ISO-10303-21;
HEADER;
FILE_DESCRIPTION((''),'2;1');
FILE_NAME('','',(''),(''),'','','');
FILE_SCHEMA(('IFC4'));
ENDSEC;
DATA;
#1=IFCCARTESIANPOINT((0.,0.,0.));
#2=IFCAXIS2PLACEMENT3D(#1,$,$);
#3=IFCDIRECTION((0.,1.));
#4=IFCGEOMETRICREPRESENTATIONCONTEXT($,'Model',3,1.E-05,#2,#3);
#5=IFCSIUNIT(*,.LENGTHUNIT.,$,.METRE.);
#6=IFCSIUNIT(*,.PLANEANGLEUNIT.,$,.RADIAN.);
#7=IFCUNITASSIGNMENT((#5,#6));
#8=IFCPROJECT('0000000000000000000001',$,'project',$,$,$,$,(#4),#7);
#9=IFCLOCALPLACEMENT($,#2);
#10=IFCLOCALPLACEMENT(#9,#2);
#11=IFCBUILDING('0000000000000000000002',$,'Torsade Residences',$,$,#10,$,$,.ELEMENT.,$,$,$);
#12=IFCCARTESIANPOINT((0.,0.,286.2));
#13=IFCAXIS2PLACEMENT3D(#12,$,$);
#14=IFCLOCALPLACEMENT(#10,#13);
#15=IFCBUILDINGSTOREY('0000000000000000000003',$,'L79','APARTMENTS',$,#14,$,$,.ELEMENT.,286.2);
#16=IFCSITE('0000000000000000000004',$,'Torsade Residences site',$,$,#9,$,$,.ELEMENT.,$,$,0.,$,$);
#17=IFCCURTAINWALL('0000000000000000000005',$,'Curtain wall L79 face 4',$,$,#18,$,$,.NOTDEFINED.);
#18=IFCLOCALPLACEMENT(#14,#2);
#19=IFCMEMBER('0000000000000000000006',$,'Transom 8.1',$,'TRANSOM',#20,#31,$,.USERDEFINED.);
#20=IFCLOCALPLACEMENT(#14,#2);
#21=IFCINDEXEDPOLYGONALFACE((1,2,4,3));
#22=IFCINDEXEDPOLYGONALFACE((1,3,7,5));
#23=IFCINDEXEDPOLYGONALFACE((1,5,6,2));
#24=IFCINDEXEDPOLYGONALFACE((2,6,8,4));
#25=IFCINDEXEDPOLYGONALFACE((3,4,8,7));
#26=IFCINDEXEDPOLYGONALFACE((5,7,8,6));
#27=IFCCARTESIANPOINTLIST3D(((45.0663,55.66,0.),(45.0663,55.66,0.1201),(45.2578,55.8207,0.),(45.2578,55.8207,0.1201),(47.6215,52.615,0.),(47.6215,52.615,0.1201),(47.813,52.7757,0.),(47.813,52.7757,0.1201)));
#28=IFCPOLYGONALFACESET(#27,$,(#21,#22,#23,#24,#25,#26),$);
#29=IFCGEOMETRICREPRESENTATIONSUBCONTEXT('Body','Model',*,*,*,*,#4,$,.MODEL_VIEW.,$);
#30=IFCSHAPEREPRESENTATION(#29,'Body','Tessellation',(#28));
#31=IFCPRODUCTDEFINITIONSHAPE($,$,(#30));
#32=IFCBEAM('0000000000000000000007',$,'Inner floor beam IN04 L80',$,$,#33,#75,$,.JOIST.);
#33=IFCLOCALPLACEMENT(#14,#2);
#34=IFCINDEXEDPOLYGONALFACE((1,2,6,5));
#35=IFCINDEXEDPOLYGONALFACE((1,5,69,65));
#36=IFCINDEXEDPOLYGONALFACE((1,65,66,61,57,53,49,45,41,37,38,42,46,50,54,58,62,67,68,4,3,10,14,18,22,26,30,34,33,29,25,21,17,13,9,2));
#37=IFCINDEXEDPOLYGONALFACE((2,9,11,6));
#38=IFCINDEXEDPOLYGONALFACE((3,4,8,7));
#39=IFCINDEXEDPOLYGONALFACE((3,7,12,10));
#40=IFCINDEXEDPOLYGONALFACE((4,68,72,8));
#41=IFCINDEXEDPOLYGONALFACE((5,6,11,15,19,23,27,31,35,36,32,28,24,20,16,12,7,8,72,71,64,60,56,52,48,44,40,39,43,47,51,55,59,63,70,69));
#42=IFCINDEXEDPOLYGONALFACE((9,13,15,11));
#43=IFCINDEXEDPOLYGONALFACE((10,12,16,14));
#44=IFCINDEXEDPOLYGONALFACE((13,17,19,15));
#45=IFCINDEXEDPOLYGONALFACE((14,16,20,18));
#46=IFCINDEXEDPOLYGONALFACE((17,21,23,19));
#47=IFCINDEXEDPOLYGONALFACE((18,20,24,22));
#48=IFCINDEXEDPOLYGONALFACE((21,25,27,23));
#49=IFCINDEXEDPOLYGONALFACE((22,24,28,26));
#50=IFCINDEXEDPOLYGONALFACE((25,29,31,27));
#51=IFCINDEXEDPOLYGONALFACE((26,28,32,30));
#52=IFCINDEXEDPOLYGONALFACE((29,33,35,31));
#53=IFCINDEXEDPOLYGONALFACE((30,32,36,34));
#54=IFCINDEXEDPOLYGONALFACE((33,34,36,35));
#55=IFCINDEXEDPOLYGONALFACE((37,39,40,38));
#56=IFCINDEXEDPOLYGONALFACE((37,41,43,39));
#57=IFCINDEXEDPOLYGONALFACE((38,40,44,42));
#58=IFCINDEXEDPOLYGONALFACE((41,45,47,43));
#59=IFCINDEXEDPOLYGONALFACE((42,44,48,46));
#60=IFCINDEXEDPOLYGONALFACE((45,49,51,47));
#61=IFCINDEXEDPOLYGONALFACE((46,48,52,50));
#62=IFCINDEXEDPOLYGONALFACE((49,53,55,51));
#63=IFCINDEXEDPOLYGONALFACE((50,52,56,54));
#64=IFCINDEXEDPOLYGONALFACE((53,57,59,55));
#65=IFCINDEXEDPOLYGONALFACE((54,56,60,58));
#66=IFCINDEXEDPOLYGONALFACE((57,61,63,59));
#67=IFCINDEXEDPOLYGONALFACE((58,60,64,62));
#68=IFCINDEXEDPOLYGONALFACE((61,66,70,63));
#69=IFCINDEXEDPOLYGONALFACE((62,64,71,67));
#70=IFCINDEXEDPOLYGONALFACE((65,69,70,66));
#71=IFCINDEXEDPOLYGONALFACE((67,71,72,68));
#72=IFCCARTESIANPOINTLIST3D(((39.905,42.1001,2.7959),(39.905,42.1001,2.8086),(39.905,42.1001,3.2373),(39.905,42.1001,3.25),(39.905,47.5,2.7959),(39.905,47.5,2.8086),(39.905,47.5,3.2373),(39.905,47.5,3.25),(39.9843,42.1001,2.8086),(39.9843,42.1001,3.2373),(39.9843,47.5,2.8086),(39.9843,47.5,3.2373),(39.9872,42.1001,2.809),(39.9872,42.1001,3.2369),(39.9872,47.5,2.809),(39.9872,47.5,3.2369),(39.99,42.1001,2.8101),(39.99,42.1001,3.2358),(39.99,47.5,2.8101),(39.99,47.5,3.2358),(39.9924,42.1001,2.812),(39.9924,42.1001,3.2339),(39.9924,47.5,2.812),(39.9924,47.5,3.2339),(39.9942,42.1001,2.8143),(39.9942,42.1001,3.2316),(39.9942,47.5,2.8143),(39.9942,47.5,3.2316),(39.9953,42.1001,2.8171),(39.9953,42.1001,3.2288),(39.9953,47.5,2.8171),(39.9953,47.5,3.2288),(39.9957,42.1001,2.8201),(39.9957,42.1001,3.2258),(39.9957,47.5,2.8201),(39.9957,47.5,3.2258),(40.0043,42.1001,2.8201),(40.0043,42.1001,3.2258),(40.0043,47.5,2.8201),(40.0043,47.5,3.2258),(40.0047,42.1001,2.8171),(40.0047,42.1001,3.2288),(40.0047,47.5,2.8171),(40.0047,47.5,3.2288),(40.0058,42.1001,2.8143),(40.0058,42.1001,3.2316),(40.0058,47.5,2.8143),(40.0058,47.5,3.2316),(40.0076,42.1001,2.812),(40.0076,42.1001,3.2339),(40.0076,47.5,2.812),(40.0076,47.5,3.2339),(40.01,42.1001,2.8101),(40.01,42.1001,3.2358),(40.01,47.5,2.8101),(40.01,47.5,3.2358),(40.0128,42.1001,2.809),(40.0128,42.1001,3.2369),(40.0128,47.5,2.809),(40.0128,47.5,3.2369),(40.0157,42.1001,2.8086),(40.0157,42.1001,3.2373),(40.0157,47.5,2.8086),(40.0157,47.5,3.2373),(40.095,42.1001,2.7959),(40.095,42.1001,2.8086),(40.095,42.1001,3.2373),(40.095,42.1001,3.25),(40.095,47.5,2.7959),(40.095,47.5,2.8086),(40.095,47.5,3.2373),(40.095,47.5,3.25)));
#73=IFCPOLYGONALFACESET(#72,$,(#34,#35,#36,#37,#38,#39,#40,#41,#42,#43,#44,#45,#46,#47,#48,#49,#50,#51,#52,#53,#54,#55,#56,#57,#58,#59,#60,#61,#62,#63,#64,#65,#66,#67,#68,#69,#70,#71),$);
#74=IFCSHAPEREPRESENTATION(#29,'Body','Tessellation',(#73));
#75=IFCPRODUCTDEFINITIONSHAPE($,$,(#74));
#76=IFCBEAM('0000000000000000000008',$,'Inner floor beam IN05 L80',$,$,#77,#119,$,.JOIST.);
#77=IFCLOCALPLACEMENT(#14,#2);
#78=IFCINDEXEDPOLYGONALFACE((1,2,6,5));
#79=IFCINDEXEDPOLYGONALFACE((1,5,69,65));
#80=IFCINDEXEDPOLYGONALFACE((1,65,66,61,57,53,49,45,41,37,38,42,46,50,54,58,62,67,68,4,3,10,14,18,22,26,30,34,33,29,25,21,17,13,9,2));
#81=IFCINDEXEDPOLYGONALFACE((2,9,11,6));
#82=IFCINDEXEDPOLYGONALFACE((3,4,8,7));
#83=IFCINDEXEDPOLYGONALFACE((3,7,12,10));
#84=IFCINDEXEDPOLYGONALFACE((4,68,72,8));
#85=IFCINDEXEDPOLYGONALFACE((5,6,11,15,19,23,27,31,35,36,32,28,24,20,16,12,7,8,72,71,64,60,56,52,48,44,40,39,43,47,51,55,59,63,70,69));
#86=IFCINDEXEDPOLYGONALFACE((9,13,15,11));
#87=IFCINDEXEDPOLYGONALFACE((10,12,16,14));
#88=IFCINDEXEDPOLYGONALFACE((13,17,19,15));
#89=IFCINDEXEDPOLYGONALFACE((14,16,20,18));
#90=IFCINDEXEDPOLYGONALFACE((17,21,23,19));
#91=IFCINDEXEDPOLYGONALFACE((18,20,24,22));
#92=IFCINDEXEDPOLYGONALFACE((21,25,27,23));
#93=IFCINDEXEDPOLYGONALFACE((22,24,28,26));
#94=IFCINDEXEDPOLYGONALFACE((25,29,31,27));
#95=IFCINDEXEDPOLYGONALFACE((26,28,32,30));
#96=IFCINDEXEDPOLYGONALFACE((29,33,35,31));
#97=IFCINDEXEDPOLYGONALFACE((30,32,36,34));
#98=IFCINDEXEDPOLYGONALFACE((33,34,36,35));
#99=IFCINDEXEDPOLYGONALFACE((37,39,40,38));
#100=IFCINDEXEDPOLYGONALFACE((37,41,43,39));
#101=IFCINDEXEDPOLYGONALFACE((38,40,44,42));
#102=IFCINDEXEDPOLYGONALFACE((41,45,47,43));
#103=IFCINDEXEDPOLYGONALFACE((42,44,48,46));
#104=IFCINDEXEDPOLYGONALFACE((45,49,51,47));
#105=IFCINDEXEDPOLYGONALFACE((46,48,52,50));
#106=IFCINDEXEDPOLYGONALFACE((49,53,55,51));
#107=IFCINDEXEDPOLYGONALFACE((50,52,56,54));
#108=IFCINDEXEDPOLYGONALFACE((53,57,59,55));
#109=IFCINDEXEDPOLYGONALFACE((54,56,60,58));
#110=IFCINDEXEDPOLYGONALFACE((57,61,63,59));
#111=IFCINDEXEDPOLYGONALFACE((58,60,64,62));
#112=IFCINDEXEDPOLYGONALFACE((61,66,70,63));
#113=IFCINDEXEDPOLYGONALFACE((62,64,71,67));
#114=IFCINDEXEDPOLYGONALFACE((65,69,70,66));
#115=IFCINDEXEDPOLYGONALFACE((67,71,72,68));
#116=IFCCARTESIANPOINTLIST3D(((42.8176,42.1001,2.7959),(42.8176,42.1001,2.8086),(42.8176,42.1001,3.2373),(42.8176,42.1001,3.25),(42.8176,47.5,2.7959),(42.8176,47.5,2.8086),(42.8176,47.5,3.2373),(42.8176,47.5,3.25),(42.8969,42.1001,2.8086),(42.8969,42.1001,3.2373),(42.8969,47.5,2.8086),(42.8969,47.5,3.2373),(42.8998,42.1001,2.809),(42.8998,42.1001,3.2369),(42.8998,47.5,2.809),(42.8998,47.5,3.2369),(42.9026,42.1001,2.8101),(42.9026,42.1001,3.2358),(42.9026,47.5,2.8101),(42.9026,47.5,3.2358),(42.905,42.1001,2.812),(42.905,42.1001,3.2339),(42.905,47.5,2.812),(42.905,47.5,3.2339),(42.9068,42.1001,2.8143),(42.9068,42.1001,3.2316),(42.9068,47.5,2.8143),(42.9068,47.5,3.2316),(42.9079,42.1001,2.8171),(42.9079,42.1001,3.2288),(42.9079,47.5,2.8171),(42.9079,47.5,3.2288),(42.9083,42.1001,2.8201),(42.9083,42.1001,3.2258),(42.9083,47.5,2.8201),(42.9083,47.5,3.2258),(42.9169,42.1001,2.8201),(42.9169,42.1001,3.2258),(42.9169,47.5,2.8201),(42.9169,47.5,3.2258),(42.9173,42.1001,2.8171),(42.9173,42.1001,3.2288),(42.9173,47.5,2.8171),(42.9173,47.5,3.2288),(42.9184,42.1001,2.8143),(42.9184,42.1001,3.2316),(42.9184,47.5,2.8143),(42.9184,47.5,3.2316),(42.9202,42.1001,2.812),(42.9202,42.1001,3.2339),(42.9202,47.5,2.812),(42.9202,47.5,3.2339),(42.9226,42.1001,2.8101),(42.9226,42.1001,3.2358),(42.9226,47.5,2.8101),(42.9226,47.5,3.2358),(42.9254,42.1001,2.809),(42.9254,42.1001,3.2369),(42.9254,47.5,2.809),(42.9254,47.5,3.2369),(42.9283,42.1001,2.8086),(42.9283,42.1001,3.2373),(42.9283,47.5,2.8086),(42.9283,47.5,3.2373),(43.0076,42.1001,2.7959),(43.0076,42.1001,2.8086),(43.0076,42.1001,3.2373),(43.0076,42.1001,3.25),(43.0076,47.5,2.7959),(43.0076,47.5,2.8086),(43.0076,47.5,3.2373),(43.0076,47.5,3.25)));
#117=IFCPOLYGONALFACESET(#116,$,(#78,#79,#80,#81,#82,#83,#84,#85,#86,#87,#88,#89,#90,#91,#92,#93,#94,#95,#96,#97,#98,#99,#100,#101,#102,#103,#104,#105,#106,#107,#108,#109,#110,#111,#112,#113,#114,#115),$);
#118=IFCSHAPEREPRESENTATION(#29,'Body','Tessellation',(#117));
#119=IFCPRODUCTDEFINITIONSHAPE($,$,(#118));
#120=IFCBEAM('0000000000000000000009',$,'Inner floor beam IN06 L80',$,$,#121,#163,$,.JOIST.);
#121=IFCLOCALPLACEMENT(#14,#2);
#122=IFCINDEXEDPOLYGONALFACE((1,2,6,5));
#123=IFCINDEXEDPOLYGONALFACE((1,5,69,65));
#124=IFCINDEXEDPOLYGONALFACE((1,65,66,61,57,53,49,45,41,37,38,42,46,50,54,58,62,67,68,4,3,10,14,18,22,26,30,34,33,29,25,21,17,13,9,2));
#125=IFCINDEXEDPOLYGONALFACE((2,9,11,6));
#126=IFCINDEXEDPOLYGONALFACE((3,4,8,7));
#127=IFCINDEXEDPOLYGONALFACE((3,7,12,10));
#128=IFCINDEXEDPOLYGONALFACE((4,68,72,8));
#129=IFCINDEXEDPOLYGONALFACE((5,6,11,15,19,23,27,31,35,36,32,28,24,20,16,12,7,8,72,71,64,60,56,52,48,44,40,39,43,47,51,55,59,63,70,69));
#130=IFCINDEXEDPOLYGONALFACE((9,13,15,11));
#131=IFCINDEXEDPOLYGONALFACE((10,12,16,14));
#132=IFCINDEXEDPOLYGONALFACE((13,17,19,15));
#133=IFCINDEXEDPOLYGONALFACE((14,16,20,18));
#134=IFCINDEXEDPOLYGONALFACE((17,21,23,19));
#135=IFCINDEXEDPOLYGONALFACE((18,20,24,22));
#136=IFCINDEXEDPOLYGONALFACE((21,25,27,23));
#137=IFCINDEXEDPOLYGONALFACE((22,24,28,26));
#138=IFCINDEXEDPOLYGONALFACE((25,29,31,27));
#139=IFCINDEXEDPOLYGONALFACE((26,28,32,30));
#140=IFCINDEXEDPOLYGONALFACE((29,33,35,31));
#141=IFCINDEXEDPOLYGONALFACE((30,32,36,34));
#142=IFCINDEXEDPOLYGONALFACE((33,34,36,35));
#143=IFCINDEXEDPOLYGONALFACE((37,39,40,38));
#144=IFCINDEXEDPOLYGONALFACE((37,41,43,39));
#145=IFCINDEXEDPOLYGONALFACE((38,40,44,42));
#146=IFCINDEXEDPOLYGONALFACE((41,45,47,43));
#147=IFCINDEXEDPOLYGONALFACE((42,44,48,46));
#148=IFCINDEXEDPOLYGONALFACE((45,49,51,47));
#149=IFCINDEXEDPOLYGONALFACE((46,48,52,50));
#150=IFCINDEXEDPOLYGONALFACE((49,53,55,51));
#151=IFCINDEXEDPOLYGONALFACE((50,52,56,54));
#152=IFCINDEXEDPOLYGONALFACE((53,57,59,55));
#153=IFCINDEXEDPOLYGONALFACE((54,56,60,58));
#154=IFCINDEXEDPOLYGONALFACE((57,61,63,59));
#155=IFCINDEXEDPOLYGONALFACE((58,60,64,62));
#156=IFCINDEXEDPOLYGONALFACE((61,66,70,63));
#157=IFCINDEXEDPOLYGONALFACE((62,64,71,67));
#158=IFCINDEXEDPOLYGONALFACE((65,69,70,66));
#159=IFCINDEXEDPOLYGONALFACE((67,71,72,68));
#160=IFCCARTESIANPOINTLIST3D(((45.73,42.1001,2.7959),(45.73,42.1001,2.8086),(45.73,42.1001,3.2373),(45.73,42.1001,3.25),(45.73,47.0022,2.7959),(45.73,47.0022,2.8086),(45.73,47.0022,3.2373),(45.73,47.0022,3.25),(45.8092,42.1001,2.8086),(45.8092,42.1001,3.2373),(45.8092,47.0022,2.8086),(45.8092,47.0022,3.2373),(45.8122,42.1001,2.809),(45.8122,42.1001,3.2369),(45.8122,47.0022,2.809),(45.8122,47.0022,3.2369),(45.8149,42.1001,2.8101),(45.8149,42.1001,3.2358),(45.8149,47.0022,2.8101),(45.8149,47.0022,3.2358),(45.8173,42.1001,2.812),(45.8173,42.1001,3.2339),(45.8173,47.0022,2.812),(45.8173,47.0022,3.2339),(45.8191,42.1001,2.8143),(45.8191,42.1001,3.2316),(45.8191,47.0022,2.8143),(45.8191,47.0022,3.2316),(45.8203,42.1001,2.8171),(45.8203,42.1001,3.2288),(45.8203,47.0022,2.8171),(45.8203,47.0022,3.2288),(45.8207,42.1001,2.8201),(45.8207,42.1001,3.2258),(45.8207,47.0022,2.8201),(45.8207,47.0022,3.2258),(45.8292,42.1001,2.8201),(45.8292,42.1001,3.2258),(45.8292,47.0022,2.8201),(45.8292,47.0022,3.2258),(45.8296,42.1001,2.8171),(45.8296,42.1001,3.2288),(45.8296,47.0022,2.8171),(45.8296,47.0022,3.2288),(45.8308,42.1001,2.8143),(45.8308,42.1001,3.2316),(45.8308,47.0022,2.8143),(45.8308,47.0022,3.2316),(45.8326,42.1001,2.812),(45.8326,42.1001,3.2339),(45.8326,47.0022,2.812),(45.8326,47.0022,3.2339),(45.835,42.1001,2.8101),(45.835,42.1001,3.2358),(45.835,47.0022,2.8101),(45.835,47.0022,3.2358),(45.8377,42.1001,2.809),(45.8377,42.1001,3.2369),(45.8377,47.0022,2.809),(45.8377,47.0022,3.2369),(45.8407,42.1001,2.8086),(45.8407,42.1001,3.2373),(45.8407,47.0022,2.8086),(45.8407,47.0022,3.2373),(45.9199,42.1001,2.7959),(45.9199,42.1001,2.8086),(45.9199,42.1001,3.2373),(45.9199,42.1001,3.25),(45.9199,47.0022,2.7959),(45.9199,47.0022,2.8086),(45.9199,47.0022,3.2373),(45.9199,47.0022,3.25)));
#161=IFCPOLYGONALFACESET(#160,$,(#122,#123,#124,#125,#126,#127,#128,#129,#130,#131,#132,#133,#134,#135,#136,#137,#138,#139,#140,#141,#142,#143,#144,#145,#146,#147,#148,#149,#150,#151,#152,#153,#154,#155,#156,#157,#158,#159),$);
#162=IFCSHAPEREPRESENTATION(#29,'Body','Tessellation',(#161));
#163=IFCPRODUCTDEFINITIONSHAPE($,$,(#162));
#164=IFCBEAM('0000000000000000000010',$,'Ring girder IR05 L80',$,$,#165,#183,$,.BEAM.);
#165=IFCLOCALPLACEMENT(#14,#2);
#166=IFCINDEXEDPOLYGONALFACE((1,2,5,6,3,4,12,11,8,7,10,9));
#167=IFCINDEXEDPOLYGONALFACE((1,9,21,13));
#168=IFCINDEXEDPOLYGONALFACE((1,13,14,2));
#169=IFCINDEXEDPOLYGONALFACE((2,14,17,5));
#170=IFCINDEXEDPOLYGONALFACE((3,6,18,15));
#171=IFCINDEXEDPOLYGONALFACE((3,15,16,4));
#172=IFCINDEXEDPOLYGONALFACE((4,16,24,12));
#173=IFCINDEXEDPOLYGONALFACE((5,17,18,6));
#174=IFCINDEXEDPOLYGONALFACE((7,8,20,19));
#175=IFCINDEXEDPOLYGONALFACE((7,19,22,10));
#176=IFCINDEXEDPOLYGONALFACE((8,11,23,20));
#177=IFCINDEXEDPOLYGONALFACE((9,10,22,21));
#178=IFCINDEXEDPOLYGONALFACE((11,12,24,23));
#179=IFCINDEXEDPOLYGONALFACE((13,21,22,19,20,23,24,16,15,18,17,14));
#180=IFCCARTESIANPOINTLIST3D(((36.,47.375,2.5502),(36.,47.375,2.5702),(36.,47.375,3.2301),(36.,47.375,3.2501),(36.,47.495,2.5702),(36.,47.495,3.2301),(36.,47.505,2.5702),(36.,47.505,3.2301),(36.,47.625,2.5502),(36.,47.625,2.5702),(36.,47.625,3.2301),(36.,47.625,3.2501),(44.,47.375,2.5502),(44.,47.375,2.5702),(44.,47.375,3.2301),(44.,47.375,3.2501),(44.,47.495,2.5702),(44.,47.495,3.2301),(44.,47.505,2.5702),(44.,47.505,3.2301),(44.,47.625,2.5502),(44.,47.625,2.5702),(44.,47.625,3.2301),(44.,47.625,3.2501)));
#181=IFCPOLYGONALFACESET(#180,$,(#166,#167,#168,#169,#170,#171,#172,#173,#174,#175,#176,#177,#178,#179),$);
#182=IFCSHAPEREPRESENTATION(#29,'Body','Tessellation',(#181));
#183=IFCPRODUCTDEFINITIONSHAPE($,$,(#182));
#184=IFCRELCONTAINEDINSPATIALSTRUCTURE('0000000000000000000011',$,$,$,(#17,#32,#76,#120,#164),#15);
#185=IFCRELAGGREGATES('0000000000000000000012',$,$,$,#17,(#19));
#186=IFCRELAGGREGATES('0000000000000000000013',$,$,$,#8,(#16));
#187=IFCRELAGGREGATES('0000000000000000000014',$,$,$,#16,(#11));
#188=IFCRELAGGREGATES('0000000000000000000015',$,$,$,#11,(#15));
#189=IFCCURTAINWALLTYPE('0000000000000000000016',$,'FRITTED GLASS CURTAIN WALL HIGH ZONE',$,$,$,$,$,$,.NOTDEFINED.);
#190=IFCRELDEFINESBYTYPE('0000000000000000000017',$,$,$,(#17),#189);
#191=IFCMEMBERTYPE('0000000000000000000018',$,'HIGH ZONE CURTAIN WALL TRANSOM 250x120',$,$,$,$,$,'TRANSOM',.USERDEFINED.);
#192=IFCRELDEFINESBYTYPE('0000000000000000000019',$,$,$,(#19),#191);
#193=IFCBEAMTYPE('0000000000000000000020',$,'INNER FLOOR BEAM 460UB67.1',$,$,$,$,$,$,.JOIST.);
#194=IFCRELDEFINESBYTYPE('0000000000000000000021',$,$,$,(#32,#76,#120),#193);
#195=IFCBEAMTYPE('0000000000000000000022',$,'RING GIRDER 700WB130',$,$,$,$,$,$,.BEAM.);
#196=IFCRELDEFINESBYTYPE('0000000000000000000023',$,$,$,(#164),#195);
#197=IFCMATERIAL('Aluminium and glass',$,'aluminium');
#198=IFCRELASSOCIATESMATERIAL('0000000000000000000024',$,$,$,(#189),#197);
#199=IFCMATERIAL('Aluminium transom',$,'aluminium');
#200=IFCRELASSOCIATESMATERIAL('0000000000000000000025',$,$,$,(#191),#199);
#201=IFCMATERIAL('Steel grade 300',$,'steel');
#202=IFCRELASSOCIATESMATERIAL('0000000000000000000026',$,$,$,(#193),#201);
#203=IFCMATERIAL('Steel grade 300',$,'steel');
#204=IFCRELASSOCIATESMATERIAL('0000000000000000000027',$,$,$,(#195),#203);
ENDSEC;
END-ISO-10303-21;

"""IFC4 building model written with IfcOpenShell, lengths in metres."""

from ifc_helpers import new_model, si_unit, direction, frame, origin, origin_2d, place, context, subcontext, project, spatial, rectangle, i_section, extrude, material, material_profile, profile_set, type_object, element, aggregate, save


model = new_model("IFC4")

# Units and contexts
model_context = context("Model", 3, precision=1e-05, world=origin(), true_north=direction((0.0, 1.0)))
body_context = subcontext(model_context, "Body", "Model", "MODEL_VIEW")
ifc_project = project(units=[si_unit("LENGTHUNIT", "METRE"), si_unit("PLANEANGLEUNIT", "RADIAN")], contexts=[model_context])

# Site, building, storey
site_placement = place(None, origin())
site = spatial("IfcSite", under=ifc_project, at=site_placement, Name="Torsade Residences site", CompositionType="ELEMENT", RefElevation=0.0)
building_placement = place(site_placement, origin())
building = spatial("IfcBuilding", under=site, at=building_placement, Name="Torsade Residences", CompositionType="ELEMENT")
storey_placement = place(building_placement, frame((0.0, 0.0, 286.2)))
storey = spatial("IfcBuildingStorey", under=building, at=storey_placement, Name="L79", Description="APARTMENTS", CompositionType="ELEMENT", Elevation=286.2)

# Curtain wall
ifc_material_1 = material(Name="Aluminium and glass", Category="aluminium")
curtain_wall_type = type_object("IfcCurtainWallType", Name="FRITTED GLASS CURTAIN WALL HIGH ZONE", PredefinedType="NOTDEFINED", material=ifc_material_1)
curtain_wall_1_placement = place(storey_placement, origin())
curtain_wall_1 = element("IfcCurtainWall", 1, at=curtain_wall_1_placement, inside=storey, type_object=curtain_wall_type, Name="Curtain wall L79 face 4", PredefinedType="NOTDEFINED")

# Member
ifc_material_2 = material(Name="Aluminium transom", Category="aluminium")
ifc_material_profile_1 = material_profile(ifc_material_2, rectangle(XDim=0.25, YDim=0.1201, at=origin_2d()), Name="HIGH ZONE CURTAIN WALL TRANSOM 250x120")
ifc_profile_set_1 = profile_set([ifc_material_profile_1], Name="Aluminium transom")
member_type_1 = type_object("IfcMemberType", Name="HIGH ZONE CURTAIN WALL TRANSOM 250x120", ElementType="TRANSOM", PredefinedType="USERDEFINED", material=ifc_profile_set_1)
member_1_placement = place(storey_placement, frame((47.7173, 52.6953, 0.0601), z_axis=(-0.642815, 0.766022, 0.0), x_axis=(-0.766022, -0.642815, 0.0)))
member_1 = element("IfcMember", 2, at=member_1_placement, type_object=member_type_1, Name="Transom 8.1", ObjectType="TRANSOM", PredefinedType="USERDEFINED", context=body_context, shape_type="SweptSolid", body=[
    extrude(rectangle(XDim=0.25, YDim=0.1201, at=origin_2d()), origin(), (0.0, 0.0, 1.0), 3.9751),
])

# Beams
ifc_material_3 = material(Name="Steel grade 300", Category="steel")
ifc_material_profile_2 = material_profile(ifc_material_3, i_section(OverallWidth=0.1899, OverallDepth=0.4541, WebThickness=0.0085, FlangeThickness=0.0127, FilletRadius=0.0115, at=origin_2d()), Name="460UB67.1")
ifc_profile_set_2 = profile_set([ifc_material_profile_2], Name="Steel grade 300")
beam_type_1 = type_object("IfcBeamType", Name="INNER FLOOR BEAM 460UB67.1", PredefinedType="JOIST", material=ifc_profile_set_2)
for number, where, z_axis, x_axis, name in (
    (3, (40.0, 42.1001, 3.0229), (0.0, 1.0, 0.0), (-1.0, 0.0, 0.0), "Inner floor beam IN04 L80"),
    (4, (42.9126, 42.1001, 3.0229), (0.0, 1.0, 0.0), (-1.0, 0.0, 0.0), "Inner floor beam IN05 L80"),
):
    element("IfcBeam", number, at=place(storey_placement, frame(where, z_axis=z_axis, x_axis=x_axis)), inside=storey, type_object=beam_type_1, Name=name, PredefinedType="JOIST", context=body_context, shape_type="SweptSolid", body=[
        extrude(i_section(OverallWidth=0.1899, OverallDepth=0.4541, WebThickness=0.0085, FlangeThickness=0.0127, FilletRadius=0.0115, at=origin_2d()), origin(), (0.0, 0.0, 1.0), 5.3999),
    ])
beam_1_placement = place(storey_placement, frame((45.825, 42.1001, 3.0229), z_axis=(0.0, 1.0, 0.0), x_axis=(-1.0, 0.0, 0.0)))
element("IfcBeam", 5, at=beam_1_placement, inside=storey, type_object=beam_type_1, Name="Inner floor beam IN06 L80", PredefinedType="JOIST", context=body_context, shape_type="SweptSolid", body=[
    extrude(i_section(OverallWidth=0.1899, OverallDepth=0.4541, WebThickness=0.0085, FlangeThickness=0.0127, FilletRadius=0.0115, at=origin_2d()), origin(), (0.0, 0.0, 1.0), 4.9021),
])
ifc_material_4 = material(Name="Steel grade 300", Category="steel")
ifc_material_profile_3 = material_profile(ifc_material_4, i_section(OverallWidth=0.25, OverallDepth=0.7, WebThickness=0.01, FlangeThickness=0.02, at=origin_2d()), Name="700WB130")
ifc_profile_set_3 = profile_set([ifc_material_profile_3], Name="Steel grade 300")
beam_type_2 = type_object("IfcBeamType", Name="RING GIRDER 700WB130", PredefinedType="BEAM", material=ifc_profile_set_3)
beam_2_placement = place(storey_placement, frame((44.0, 47.5, 2.9001), z_axis=(-1.0, 0.0, 0.0), x_axis=(0.0, -1.0, 0.0)))
element("IfcBeam", 6, at=beam_2_placement, inside=storey, type_object=beam_type_2, Name="Ring girder IR05 L80", PredefinedType="BEAM", context=body_context, shape_type="SweptSolid", body=[
    extrude(i_section(OverallWidth=0.25, OverallDepth=0.7, WebThickness=0.01, FlangeThickness=0.02, at=origin_2d()), origin(), (0.0, 0.0, 1.0), 8.0),
])

aggregate(curtain_wall_1, [member_1])

save(model, "model.ifc")
